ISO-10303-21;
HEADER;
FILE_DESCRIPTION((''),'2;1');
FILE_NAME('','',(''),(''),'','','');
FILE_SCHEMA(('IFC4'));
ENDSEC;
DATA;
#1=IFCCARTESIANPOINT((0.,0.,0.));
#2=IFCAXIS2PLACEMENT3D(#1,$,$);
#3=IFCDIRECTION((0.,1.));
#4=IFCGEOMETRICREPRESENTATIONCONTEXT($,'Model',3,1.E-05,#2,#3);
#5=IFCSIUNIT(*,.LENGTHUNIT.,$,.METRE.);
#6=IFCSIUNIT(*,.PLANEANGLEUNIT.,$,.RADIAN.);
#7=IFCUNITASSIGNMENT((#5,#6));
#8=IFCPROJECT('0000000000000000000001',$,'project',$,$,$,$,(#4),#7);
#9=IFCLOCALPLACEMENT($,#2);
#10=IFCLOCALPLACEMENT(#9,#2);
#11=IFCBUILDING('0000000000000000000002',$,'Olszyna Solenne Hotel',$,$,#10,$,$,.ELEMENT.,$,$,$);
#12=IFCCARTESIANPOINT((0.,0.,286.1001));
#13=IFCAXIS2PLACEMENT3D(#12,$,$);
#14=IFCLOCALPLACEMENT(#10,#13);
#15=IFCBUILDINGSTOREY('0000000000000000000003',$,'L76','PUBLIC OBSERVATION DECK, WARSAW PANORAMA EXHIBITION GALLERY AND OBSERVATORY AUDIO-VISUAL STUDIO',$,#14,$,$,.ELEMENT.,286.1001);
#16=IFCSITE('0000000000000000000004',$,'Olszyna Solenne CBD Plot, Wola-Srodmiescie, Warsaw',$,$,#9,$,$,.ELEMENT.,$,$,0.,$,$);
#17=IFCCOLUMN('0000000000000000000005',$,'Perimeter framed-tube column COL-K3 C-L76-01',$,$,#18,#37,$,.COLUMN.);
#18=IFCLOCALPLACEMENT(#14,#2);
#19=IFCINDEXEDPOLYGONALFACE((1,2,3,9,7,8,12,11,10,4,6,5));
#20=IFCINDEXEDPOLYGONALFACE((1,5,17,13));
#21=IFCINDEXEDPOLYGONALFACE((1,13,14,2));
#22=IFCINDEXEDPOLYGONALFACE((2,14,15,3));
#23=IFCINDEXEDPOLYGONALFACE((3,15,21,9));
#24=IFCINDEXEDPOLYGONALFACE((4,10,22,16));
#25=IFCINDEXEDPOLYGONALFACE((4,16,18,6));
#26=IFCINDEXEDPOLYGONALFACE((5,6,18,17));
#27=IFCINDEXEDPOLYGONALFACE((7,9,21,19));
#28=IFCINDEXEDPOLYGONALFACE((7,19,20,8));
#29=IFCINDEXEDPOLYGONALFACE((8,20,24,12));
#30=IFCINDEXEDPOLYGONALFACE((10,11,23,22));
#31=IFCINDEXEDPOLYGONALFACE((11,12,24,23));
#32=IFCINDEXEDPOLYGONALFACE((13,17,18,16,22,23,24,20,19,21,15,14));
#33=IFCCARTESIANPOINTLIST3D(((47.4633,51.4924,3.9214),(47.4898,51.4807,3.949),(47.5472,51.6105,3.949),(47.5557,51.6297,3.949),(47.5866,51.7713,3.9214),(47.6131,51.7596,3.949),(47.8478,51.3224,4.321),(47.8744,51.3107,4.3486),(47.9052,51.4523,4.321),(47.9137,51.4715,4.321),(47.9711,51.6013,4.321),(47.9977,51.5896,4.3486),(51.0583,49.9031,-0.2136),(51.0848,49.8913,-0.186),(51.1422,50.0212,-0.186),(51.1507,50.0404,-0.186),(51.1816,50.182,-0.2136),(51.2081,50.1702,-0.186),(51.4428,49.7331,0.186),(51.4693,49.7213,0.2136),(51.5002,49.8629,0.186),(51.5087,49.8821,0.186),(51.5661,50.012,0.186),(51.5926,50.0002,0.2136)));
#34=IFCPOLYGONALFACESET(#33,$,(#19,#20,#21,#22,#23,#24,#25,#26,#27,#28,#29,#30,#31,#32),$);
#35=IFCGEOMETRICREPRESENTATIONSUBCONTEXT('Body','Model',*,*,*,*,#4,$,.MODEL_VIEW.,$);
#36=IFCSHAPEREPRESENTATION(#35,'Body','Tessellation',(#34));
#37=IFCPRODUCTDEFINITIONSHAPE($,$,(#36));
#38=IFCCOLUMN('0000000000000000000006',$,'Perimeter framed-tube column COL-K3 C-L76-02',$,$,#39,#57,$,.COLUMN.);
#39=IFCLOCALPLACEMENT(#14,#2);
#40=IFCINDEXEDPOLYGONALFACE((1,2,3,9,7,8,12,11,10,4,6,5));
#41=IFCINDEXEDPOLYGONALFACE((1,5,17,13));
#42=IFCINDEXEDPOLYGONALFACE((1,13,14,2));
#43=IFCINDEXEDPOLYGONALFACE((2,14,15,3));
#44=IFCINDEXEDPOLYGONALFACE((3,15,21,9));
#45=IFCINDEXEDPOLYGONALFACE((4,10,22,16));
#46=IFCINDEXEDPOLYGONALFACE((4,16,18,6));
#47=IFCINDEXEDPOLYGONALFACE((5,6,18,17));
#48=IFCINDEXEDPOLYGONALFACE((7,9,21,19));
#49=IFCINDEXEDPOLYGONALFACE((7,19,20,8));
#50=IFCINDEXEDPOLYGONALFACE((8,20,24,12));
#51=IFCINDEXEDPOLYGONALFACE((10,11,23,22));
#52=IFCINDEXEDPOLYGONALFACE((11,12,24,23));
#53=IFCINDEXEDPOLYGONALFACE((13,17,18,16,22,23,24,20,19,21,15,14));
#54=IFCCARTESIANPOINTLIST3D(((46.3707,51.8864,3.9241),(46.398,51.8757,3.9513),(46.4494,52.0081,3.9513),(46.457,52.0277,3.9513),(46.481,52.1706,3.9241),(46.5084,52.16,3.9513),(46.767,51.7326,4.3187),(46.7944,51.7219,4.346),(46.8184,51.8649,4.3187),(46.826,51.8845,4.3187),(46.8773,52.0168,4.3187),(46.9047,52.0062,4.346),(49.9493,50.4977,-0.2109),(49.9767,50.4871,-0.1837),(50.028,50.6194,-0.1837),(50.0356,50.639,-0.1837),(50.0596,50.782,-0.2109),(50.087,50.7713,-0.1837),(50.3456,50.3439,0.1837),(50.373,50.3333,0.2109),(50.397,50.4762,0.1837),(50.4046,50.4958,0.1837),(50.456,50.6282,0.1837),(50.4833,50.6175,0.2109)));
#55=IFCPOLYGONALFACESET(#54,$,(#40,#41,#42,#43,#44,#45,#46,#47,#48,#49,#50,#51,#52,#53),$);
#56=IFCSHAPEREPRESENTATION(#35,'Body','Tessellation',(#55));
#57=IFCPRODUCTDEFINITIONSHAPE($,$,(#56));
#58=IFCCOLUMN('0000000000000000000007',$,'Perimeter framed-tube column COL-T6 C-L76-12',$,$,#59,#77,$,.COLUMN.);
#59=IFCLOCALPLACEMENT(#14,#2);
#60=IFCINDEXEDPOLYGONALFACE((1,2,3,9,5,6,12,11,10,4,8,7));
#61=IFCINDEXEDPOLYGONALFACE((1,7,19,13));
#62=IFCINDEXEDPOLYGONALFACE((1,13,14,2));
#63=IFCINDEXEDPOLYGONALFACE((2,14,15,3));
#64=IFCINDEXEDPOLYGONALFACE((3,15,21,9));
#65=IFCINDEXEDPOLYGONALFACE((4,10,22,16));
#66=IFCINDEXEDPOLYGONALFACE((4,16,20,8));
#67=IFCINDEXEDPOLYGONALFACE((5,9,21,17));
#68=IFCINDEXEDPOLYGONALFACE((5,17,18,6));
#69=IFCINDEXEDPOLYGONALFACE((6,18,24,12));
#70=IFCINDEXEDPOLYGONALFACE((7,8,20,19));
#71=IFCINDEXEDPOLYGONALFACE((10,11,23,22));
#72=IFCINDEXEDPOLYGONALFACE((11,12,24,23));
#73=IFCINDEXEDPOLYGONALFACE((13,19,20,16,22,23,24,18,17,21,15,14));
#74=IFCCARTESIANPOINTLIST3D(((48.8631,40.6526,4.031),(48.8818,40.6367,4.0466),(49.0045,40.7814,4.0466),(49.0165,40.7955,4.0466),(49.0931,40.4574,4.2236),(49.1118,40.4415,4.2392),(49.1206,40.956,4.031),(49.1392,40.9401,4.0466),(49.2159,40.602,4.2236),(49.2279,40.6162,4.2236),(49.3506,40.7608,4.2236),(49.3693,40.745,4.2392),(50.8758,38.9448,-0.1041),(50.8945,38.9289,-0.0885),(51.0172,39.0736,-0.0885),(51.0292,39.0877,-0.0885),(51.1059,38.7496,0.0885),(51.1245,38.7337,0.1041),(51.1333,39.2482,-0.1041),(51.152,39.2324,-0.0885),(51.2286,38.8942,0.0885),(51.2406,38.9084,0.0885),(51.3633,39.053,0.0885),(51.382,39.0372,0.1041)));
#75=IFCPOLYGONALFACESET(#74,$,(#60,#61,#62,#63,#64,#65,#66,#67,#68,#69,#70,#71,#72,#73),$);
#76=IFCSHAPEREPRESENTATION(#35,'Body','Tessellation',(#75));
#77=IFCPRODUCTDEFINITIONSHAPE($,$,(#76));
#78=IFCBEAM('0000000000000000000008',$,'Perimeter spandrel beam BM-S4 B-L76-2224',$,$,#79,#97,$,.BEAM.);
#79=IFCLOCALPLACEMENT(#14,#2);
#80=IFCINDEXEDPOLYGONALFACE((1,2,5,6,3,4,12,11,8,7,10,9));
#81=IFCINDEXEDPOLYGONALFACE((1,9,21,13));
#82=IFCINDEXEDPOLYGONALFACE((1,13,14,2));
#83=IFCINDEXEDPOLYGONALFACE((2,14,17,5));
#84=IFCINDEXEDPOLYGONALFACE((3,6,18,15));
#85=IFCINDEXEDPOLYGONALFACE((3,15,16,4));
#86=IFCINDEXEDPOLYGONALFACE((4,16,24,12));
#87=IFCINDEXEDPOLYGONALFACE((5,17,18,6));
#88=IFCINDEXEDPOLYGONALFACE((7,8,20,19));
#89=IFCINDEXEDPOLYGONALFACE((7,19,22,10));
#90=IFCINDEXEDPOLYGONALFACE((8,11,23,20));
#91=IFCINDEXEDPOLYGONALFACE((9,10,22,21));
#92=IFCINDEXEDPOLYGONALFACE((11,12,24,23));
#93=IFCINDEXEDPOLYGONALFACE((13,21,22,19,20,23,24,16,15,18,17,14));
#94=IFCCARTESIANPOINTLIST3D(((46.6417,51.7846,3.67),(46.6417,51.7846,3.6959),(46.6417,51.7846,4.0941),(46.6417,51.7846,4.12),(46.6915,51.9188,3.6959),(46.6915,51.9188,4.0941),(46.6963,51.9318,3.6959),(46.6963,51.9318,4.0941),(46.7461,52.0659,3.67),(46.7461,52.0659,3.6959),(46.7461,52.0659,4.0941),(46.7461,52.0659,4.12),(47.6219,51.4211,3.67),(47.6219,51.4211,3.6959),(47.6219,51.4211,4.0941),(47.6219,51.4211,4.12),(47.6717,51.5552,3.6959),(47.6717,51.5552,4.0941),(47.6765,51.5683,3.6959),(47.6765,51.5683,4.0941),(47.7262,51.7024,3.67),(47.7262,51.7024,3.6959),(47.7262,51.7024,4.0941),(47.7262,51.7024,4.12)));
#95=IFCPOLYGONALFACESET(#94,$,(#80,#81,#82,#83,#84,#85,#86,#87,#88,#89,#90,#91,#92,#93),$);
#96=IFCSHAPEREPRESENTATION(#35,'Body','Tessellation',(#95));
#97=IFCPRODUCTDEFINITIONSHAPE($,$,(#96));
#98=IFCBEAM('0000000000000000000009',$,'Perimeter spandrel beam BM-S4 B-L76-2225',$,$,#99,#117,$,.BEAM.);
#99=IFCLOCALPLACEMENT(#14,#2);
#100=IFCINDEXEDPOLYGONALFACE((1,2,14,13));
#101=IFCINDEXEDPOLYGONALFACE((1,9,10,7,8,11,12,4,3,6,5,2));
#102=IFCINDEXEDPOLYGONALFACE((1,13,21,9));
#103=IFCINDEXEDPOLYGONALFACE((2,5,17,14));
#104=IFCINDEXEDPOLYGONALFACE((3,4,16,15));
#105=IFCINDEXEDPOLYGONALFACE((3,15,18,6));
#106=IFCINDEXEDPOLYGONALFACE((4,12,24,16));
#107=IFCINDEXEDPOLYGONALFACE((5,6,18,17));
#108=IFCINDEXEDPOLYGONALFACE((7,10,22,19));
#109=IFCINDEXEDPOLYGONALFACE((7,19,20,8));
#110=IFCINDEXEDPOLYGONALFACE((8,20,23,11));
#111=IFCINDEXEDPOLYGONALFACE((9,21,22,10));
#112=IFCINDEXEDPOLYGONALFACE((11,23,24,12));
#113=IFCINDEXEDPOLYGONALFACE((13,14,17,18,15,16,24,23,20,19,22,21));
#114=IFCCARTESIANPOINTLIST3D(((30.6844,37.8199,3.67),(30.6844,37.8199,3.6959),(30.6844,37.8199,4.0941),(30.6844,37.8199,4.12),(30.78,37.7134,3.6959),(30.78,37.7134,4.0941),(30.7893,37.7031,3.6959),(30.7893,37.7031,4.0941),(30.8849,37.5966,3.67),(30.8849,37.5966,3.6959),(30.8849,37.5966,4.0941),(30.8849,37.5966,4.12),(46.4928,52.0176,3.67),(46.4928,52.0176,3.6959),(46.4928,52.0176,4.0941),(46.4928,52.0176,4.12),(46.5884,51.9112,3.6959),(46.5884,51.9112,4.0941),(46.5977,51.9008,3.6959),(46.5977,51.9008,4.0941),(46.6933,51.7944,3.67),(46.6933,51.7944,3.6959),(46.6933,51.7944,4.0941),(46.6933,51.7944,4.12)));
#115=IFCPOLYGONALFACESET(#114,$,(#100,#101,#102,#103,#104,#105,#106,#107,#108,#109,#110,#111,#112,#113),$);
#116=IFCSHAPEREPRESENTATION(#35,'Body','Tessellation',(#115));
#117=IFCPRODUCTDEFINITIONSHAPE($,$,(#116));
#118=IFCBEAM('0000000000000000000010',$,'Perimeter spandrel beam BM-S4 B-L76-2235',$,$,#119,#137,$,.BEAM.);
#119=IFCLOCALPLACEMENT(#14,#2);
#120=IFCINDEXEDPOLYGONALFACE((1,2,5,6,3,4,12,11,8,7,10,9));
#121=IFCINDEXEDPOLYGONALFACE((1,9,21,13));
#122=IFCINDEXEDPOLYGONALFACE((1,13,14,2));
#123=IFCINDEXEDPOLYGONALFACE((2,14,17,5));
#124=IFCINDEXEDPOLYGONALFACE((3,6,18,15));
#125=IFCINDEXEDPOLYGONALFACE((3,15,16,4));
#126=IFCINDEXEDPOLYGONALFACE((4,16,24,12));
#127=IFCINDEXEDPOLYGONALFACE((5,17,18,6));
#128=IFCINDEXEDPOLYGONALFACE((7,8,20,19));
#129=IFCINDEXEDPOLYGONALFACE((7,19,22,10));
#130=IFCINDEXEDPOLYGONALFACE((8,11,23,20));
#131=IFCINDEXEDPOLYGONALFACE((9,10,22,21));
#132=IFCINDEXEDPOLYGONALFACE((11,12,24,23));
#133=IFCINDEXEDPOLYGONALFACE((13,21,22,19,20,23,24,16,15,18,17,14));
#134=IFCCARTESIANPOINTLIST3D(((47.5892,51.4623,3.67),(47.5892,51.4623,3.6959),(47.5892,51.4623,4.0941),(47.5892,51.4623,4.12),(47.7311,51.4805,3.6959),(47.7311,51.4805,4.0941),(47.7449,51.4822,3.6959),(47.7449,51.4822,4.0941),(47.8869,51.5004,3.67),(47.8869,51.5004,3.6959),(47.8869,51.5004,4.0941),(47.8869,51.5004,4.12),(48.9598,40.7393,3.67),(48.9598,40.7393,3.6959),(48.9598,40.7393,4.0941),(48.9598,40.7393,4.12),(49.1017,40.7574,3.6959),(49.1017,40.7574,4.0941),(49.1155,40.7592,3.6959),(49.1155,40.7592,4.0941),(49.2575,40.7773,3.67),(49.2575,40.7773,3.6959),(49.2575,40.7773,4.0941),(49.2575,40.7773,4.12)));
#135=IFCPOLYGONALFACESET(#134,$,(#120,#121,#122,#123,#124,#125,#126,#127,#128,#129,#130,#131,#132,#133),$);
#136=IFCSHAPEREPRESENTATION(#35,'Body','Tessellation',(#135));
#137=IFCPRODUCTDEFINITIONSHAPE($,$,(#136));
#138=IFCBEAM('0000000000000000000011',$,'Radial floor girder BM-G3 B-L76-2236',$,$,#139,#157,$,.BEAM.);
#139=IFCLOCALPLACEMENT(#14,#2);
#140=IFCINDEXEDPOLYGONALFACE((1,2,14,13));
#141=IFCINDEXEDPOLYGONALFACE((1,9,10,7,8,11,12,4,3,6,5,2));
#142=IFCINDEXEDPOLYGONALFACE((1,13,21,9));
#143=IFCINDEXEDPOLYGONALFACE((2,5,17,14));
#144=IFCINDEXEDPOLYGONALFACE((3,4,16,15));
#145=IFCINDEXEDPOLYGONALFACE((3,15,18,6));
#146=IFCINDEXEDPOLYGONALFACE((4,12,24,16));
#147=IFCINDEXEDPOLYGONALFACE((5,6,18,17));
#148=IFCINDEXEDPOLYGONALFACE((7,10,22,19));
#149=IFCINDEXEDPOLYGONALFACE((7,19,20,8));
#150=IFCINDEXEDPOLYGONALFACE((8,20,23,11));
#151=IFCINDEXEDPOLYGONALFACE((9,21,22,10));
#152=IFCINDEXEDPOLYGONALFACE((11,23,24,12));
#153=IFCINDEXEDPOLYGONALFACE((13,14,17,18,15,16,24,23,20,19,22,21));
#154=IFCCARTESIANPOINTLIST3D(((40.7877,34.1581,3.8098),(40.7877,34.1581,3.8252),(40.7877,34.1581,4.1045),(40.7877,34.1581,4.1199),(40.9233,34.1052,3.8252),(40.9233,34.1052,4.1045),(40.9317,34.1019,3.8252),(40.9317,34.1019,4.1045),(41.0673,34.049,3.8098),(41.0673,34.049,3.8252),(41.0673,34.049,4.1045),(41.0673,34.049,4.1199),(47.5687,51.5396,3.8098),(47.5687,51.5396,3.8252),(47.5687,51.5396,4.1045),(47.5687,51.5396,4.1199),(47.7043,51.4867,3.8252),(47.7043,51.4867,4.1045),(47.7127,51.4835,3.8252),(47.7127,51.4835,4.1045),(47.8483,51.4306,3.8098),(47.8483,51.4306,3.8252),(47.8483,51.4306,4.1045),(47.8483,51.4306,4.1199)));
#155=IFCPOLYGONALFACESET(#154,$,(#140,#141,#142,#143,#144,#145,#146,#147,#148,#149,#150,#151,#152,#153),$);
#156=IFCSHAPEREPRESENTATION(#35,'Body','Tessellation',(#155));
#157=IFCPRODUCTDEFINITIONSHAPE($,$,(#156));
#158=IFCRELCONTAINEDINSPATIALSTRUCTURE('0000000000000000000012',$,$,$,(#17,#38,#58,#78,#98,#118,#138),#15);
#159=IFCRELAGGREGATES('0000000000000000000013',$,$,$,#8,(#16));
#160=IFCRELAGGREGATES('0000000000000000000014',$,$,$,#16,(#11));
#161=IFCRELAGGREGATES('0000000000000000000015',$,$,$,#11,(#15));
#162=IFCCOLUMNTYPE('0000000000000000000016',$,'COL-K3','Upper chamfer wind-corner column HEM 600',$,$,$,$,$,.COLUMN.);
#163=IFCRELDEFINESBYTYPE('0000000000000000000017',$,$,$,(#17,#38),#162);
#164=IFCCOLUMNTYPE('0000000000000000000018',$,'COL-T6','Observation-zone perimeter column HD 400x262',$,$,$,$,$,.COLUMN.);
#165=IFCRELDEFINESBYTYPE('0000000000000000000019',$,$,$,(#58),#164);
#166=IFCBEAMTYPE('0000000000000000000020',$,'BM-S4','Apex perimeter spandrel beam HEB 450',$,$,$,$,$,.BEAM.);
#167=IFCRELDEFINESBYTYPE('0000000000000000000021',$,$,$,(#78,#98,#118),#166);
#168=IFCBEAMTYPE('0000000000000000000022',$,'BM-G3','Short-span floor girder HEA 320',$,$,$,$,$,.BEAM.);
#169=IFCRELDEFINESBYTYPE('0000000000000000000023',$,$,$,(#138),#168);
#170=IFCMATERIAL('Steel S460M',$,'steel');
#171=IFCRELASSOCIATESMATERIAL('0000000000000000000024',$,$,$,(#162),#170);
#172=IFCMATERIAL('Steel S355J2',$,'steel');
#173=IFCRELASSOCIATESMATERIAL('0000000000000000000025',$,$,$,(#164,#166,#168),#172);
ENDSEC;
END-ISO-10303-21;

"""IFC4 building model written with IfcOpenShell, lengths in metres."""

from ifc_helpers import new_model, si_unit, direction, frame, origin, origin_2d, place, context, subcontext, project, spatial, i_section, extrude, source, transform, mapped, material, material_profile, profile_set, type_object, element, save


model = new_model("IFC4")

# Units and contexts
model_context = context("Model", 3, precision=1e-05, world=origin(), true_north=direction((0.0, 1.0)))
body_context = subcontext(model_context, "Body", "Model", "MODEL_VIEW")
ifc_project = project(units=[si_unit("LENGTHUNIT", "METRE"), si_unit("PLANEANGLEUNIT", "RADIAN")], contexts=[model_context])

# Site, building, storey
site_placement = place(None, origin())
site = spatial("IfcSite", under=ifc_project, at=site_placement, Name="Olszyna Solenne CBD Plot, Wola-Srodmiescie, Warsaw", CompositionType="ELEMENT", RefElevation=0.0)
building_placement = place(site_placement, origin())
building = spatial("IfcBuilding", under=site, at=building_placement, Name="Olszyna Solenne Hotel", CompositionType="ELEMENT")
storey_placement = place(building_placement, frame((0.0, 0.0, 286.1001)))
storey = spatial("IfcBuildingStorey", under=building, at=storey_placement, Name="L76", Description="PUBLIC OBSERVATION DECK, WARSAW PANORAMA EXHIBITION GALLERY AND OBSERVATORY AUDIO-VISUAL STUDIO", CompositionType="ELEMENT", Elevation=286.1001)

# Columns
ifc_material_1 = material(Name="Steel S460M", Category="steel")
ifc_material_profile_1 = material_profile(ifc_material_1, i_section(OverallWidth=0.3049, OverallDepth=0.6201, WebThickness=0.021, FlangeThickness=0.04, at=origin_2d()), Name="HEM 600", Category="load-bearing")
ifc_profile_set_1 = profile_set([ifc_material_profile_1], Name="Steel S460M")
column_type_1 = type_object("IfcColumnType", Name="COL-K3", Description="Upper chamfer wind-corner column HEM 600", PredefinedType="COLUMN", material=ifc_profile_set_1)
shared_shape_1 = source(origin(), body_context, "Body", "SweptSolid", [
    extrude(i_section(OverallWidth=0.3049, OverallDepth=0.6201, WebThickness=0.021, FlangeThickness=0.04, at=origin_2d()), origin(), (0.0, 0.0, 1.0), 5.7051),
])
column_1_placement = place(storey_placement, frame((51.3254, 49.9517, 0.0), z_axis=(-0.630133, 0.278585, 0.724792), x_axis=(-0.404351, -0.914604, 0.0)))
element("IfcColumn", 1, at=column_1_placement, inside=storey, type_object=column_type_1, Name="Perimeter framed-tube column COL-K3 C-L76-01", PredefinedType="COLUMN", context=body_context, shape_type="MappedRepresentation", body=[
    mapped(shared_shape_1, transform((0.0, 0.0, 0.0), x_axis=(1.0, 0.0, 0.0), y_axis=(0.0, 1.0, 0.0), z_axis=(0.0, 0.0, 1.0), scale=1.0)),
])
shared_shape_2 = source(origin(), body_context, "Body", "SweptSolid", [
    extrude(i_section(OverallWidth=0.3049, OverallDepth=0.6201, WebThickness=0.021, FlangeThickness=0.04, at=origin_2d()), origin(), (0.0, 0.0, 1.0), 5.6421),
])
column_2_placement = place(storey_placement, frame((50.2163, 50.5576, 0.0), z_axis=(-0.634271, 0.246127, 0.732886), x_axis=(-0.361765, -0.932269, 0.0)))
element("IfcColumn", 2, at=column_2_placement, inside=storey, type_object=column_type_1, Name="Perimeter framed-tube column COL-K3 C-L76-02", PredefinedType="COLUMN", context=body_context, shape_type="MappedRepresentation", body=[
    mapped(shared_shape_2, transform((0.0, 0.0, 0.0), x_axis=(1.0, 0.0, 0.0), y_axis=(0.0, 1.0, 0.0), z_axis=(0.0, 0.0, 1.0), scale=1.0)),
])
ifc_material_2 = material(Name="Steel S355J2", Category="steel")
ifc_material_profile_2 = material_profile(ifc_material_2, i_section(OverallWidth=0.3979, OverallDepth=0.387, WebThickness=0.0186, FlangeThickness=0.0291, at=origin_2d()), Name="HD 400x262", Category="load-bearing")
ifc_profile_set_2 = profile_set([ifc_material_profile_2], Name="Steel S355J2")
column_type_2 = type_object("IfcColumnType", Name="COL-T6", Description="Observation-zone perimeter column HD 400x262", PredefinedType="COLUMN", material=ifc_profile_set_2)
shared_shape_3 = source(origin(), body_context, "Body", "SweptSolid", [
    extrude(i_section(OverallWidth=0.3979, OverallDepth=0.387, WebThickness=0.0186, FlangeThickness=0.0291, at=origin_2d()), origin(), (0.0, 0.0, 1.0), 4.9058),
])
column_3_placement = place(storey_placement, frame((51.1289, 38.991, 0.0), z_axis=(-0.410278, 0.34812, 0.842902), x_axis=(-0.646982, -0.762505, 0.0)))
element("IfcColumn", 3, at=column_3_placement, inside=storey, type_object=column_type_2, Name="Perimeter framed-tube column COL-T6 C-L76-12", PredefinedType="COLUMN", context=body_context, shape_type="MappedRepresentation", body=[
    mapped(shared_shape_3, transform((0.0, 0.0, 0.0), x_axis=(1.0, 0.0, 0.0), y_axis=(0.0, 1.0, 0.0), z_axis=(0.0, 0.0, 1.0), scale=1.0)),
])

# Beams
ifc_material_profile_3 = material_profile(ifc_material_2, i_section(OverallWidth=0.3, OverallDepth=0.45, WebThickness=0.0139, FlangeThickness=0.0259, at=origin_2d()), Name="HEB 450", Category="load-bearing")
ifc_profile_set_3 = profile_set([ifc_material_profile_3], Name="Steel S355J2")
beam_type_1 = type_object("IfcBeamType", Name="BM-S4", Description="Apex perimeter spandrel beam HEB 450", PredefinedType="BEAM", material=ifc_profile_set_3)
shared_shape_4 = source(origin(), body_context, "Body", "SweptSolid", [
    extrude(i_section(OverallWidth=0.3, OverallDepth=0.45, WebThickness=0.0139, FlangeThickness=0.0259, at=origin_2d()), origin(), (0.0, 0.0, 1.0), 1.0454),
])
beam_1_placement = place(storey_placement, frame((47.6741, 51.5618, 3.895), z_axis=(-0.937599, 0.347717, 0.0), x_axis=(-0.347717, -0.937599, 0.0)))
element("IfcBeam", 4, at=beam_1_placement, inside=storey, type_object=beam_type_1, Name="Perimeter spandrel beam BM-S4 B-L76-2224", PredefinedType="BEAM", context=body_context, shape_type="MappedRepresentation", body=[
    mapped(shared_shape_4, transform((0.0, 0.0, 0.0), x_axis=(1.0, 0.0, 0.0), y_axis=(0.0, 1.0, 0.0), z_axis=(0.0, 0.0, 1.0), scale=1.0)),
])
shared_shape_5 = source(origin(), body_context, "Body", "SweptSolid", [
    extrude(i_section(OverallWidth=0.3, OverallDepth=0.45, WebThickness=0.0139, FlangeThickness=0.0259, at=origin_2d()), origin(), (0.0, 0.0, 1.0), 21.248),
])
beam_2_placement = place(storey_placement, frame((46.593, 51.906, 3.895), z_axis=(-0.74399, -0.668191, 0.0), x_axis=(0.668191, -0.74399, 0.0)))
element("IfcBeam", 5, at=beam_2_placement, inside=storey, type_object=beam_type_1, Name="Perimeter spandrel beam BM-S4 B-L76-2225", PredefinedType="BEAM", context=body_context, shape_type="MappedRepresentation", body=[
    mapped(shared_shape_5, transform((0.0, 0.0, 0.0), x_axis=(1.0, 0.0, 0.0), y_axis=(0.0, 1.0, 0.0), z_axis=(0.0, 0.0, 1.0), scale=1.0)),
])
shared_shape_6 = source(origin(), body_context, "Body", "SweptSolid", [
    extrude(i_section(OverallWidth=0.3, OverallDepth=0.45, WebThickness=0.0139, FlangeThickness=0.0259, at=origin_2d()), origin(), (0.0, 0.0, 1.0), 10.8103),
])
beam_3_placement = place(storey_placement, frame((49.1086, 40.7583, 3.895), z_axis=(-0.126786, 0.99193, 0.0), x_axis=(-0.99193, -0.126786, 0.0)))
element("IfcBeam", 6, at=beam_3_placement, inside=storey, type_object=beam_type_1, Name="Perimeter spandrel beam BM-S4 B-L76-2235", PredefinedType="BEAM", context=body_context, shape_type="MappedRepresentation", body=[
    mapped(shared_shape_6, transform((0.0, 0.0, 0.0), x_axis=(1.0, 0.0, 0.0), y_axis=(0.0, 1.0, 0.0), z_axis=(0.0, 0.0, 1.0), scale=1.0)),
])
ifc_material_profile_4 = material_profile(ifc_material_2, i_section(OverallWidth=0.3, OverallDepth=0.3101, WebThickness=0.009, FlangeThickness=0.0154, at=origin_2d()), Name="HEA 320", Category="load-bearing")
ifc_profile_set_4 = profile_set([ifc_material_profile_4], Name="Steel S355J2")
beam_type_2 = type_object("IfcBeamType", Name="BM-G3", Description="Short-span floor girder HEA 320", PredefinedType="BEAM", material=ifc_profile_set_4)
shared_shape_7 = source(origin(), body_context, "Body", "SweptSolid", [
    extrude(i_section(OverallWidth=0.3, OverallDepth=0.3101, WebThickness=0.009, FlangeThickness=0.0154, at=origin_2d()), origin(), (0.0, 0.0, 1.0), 18.6575),
])
beam_4_placement = place(storey_placement, frame((47.7085, 51.4851, 3.9648), z_axis=(-0.363447, -0.931615, 0.0), x_axis=(0.931615, -0.363447, 0.0)))
element("IfcBeam", 7, at=beam_4_placement, inside=storey, type_object=beam_type_2, Name="Radial floor girder BM-G3 B-L76-2236", PredefinedType="BEAM", context=body_context, shape_type="MappedRepresentation", body=[
    mapped(shared_shape_7, transform((0.0, 0.0, 0.0), x_axis=(1.0, 0.0, 0.0), y_axis=(0.0, 1.0, 0.0), z_axis=(0.0, 0.0, 1.0), scale=1.0)),
])

save(model, "model.ifc")
